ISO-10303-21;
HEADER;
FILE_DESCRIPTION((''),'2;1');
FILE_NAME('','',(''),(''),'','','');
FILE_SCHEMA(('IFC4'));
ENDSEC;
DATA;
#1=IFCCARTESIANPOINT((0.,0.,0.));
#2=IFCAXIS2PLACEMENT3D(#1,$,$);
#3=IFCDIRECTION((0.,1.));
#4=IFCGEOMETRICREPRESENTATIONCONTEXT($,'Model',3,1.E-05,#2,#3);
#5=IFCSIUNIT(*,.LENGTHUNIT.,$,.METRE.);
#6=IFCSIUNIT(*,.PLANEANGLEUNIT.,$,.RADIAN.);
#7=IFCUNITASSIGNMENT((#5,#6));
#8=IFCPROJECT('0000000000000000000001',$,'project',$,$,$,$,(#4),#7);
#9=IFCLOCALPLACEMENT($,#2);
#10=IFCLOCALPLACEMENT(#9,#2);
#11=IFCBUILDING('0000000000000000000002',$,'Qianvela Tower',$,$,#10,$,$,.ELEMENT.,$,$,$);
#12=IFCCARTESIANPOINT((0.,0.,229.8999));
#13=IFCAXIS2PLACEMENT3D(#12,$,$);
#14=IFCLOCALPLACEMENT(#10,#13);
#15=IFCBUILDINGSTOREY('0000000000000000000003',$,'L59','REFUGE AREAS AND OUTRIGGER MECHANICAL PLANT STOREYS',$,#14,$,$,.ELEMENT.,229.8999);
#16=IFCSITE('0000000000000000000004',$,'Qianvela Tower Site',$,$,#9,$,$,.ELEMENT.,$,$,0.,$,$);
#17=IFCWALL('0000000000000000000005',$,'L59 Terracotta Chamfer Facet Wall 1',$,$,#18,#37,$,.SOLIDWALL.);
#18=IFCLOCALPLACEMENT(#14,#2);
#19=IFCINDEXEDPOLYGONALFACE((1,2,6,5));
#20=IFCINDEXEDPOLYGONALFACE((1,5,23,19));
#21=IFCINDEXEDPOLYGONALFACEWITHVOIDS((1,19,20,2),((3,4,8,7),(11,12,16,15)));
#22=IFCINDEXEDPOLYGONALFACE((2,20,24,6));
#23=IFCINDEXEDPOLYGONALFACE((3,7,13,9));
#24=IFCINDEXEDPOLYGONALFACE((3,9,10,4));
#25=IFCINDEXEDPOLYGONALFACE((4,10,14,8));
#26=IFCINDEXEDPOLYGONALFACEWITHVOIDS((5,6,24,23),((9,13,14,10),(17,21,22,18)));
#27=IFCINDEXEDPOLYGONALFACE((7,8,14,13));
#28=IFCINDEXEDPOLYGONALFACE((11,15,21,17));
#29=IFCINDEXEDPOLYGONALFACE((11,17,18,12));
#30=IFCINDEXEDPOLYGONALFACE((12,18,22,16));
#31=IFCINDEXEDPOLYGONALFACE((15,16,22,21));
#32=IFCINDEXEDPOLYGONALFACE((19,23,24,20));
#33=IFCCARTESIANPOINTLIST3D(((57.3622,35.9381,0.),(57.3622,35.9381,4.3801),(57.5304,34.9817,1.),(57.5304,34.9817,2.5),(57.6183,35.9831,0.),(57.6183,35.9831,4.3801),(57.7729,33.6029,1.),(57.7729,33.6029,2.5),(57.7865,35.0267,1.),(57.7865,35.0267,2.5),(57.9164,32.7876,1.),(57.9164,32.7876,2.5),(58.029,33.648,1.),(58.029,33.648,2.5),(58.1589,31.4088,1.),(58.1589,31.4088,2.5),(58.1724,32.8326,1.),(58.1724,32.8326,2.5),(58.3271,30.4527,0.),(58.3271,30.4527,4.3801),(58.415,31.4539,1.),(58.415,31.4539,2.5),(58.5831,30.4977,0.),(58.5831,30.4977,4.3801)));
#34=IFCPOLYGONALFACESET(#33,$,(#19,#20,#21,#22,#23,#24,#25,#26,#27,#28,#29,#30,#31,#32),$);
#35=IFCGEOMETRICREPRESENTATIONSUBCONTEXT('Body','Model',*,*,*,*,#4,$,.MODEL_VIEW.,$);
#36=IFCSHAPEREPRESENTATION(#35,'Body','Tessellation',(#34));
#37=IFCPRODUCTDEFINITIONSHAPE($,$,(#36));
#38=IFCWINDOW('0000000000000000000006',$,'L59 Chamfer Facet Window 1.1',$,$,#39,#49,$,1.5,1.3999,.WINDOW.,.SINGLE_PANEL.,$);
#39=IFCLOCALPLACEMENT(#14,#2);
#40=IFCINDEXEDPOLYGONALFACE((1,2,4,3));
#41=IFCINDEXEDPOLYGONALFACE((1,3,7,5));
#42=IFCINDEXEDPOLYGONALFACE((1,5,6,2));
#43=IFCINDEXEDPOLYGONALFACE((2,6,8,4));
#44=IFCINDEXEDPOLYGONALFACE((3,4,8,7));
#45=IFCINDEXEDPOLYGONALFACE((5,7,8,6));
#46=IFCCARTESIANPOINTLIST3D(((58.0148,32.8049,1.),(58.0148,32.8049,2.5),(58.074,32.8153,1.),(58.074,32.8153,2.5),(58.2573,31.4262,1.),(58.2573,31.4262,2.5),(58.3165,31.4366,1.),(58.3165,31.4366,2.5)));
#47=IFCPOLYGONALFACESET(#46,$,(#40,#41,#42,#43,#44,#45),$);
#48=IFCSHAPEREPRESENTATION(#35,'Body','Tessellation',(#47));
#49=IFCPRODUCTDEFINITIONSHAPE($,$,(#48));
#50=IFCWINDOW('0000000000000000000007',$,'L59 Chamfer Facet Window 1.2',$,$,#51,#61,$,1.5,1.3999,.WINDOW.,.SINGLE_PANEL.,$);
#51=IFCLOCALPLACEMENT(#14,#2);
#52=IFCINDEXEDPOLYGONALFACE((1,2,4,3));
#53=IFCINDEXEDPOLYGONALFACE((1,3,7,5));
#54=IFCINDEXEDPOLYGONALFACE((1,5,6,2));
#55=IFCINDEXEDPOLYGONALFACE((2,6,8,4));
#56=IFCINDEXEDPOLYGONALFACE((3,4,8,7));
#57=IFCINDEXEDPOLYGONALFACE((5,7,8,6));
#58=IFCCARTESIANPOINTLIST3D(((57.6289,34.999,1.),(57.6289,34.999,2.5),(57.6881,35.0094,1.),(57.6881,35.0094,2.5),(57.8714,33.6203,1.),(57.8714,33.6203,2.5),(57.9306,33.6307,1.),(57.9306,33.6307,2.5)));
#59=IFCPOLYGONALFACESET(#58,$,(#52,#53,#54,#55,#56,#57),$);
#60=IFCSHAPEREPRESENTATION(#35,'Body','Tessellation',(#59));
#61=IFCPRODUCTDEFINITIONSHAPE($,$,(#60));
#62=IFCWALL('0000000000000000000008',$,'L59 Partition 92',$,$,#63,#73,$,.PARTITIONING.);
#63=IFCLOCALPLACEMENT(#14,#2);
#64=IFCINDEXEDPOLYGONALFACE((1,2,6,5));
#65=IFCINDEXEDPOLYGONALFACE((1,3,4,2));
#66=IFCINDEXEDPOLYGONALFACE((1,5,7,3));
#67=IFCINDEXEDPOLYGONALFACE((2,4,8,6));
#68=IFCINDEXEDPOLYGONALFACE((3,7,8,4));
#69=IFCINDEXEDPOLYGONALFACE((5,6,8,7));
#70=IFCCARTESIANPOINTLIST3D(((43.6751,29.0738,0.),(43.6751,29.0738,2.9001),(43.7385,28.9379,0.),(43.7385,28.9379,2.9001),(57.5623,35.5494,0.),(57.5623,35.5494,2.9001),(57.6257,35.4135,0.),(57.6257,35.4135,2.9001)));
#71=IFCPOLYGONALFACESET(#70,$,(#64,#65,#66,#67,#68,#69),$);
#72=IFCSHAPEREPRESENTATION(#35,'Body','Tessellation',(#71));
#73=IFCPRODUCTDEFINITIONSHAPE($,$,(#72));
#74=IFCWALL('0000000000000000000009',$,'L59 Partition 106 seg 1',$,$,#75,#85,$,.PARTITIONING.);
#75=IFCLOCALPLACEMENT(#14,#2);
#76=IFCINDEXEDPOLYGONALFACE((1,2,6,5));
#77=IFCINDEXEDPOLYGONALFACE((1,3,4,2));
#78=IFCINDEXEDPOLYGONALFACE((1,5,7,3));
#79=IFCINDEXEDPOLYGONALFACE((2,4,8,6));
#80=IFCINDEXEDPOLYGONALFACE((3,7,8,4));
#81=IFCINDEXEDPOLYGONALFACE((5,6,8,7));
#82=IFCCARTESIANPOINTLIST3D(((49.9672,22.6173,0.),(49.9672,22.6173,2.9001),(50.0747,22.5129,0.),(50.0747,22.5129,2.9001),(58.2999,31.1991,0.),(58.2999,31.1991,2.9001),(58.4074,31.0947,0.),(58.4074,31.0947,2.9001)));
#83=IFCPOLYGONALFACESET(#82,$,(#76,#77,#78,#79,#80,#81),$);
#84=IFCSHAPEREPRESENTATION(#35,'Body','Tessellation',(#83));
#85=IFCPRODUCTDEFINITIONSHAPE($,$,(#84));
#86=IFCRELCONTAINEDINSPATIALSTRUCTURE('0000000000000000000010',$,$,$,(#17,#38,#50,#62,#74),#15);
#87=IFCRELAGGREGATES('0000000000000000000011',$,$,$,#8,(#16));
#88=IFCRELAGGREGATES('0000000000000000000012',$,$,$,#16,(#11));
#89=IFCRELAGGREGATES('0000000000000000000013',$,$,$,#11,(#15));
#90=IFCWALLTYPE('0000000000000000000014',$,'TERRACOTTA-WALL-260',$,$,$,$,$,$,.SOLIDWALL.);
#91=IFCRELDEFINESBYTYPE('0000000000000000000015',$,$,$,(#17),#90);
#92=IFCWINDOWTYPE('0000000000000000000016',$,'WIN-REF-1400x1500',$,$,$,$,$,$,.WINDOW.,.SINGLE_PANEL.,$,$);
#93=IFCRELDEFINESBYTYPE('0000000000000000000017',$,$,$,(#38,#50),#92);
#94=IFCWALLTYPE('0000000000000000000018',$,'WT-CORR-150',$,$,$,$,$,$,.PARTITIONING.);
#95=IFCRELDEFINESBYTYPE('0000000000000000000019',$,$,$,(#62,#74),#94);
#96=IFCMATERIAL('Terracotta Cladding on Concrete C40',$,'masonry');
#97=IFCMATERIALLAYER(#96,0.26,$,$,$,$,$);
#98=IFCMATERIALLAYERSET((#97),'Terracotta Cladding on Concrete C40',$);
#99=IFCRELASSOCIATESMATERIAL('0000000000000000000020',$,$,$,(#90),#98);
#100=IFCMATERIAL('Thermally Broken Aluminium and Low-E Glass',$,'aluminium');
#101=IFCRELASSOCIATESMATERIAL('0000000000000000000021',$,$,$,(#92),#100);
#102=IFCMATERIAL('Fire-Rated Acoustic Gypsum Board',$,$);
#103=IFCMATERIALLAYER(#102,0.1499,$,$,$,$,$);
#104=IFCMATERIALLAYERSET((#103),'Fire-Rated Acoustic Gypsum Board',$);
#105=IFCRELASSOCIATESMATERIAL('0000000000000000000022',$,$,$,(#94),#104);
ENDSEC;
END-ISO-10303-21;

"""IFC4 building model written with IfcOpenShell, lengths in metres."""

from ifc_helpers import new_model, si_unit, direction, frame, frame_2d, origin, place, context, subcontext, project, spatial, rectangle, extrude, material, layer, layer_set, type_object, element, fill, save


model = new_model("IFC4")

# Units and contexts
model_context = context("Model", 3, precision=1e-05, world=origin(), true_north=direction((0.0, 1.0)))
body_context = subcontext(model_context, "Body", "Model", "MODEL_VIEW")
ifc_project = project(units=[si_unit("LENGTHUNIT", "METRE"), si_unit("PLANEANGLEUNIT", "RADIAN")], contexts=[model_context])

# Site, building, storey
site_placement = place(None, origin())
site = spatial("IfcSite", under=ifc_project, at=site_placement, Name="Qianvela Tower Site", CompositionType="ELEMENT", RefElevation=0.0)
building_placement = place(site_placement, origin())
building = spatial("IfcBuilding", under=site, at=building_placement, Name="Qianvela Tower", CompositionType="ELEMENT")
storey_placement = place(building_placement, frame((0.0, 0.0, 229.8999)))
storey = spatial("IfcBuildingStorey", under=building, at=storey_placement, Name="L59", Description="REFUGE AREAS AND OUTRIGGER MECHANICAL PLANT STOREYS", CompositionType="ELEMENT", Elevation=229.8999)

# Wall, openings, windows
ifc_material_1 = material(Name="Terracotta Cladding on Concrete C40", Category="masonry")
ifc_layer_1 = layer(ifc_material_1, 0.26)
ifc_layer_set_1 = layer_set([ifc_layer_1], Name="Terracotta Cladding on Concrete C40")
wall_type_1 = type_object("IfcWallType", Name="TERRACOTTA-WALL-260", PredefinedType="SOLIDWALL", material=ifc_layer_set_1)
wall_1_placement = place(storey_placement, frame((58.4551, 30.4753, 0.0), z_axis=(0.0, 0.0, 1.0), x_axis=(-0.173235, 0.98488, 0.0)))
wall_1 = element("IfcWall", 1, at=wall_1_placement, inside=storey, type_object=wall_type_1, Name="L59 Terracotta Chamfer Facet Wall 1", PredefinedType="SOLIDWALL", context=body_context, shape_type="SweptSolid", body=[
    extrude(rectangle(XDim=5.5696, YDim=0.26, at=frame_2d((2.7847, 0.0))), origin(), (0.0, 0.0, 1.0), 4.3801),
])
opening_1_placement = place(wall_1_placement, frame((0.9707, 0.0, 1.0)))
opening_1 = element("IfcOpeningElement", 2, at=opening_1_placement, cuts=wall_1, PredefinedType="OPENING", context=body_context, shape_type="SweptSolid", body=[
    extrude(rectangle(XDim=1.3999, YDim=1.5, at=frame_2d((0.7, 0.75))), frame((0.0, 0.1399, 0.0), z_axis=(0.0, -1.0, 0.0), x_axis=(1.0, 0.0, 0.0)), (0.0, 0.0, 1.0), 0.28),
])
opening_2_placement = place(wall_1_placement, frame((3.1985, 0.0, 1.0)))
opening_2 = element("IfcOpeningElement", 3, at=opening_2_placement, cuts=wall_1, PredefinedType="OPENING", context=body_context, shape_type="SweptSolid", body=[
    extrude(rectangle(XDim=1.3999, YDim=1.5, at=frame_2d((0.7, 0.75))), frame((0.0, 0.1399, 0.0), z_axis=(0.0, -1.0, 0.0), x_axis=(1.0, 0.0, 0.0)), (0.0, 0.0, 1.0), 0.28),
])
ifc_material_2 = material(Name="Thermally Broken Aluminium and Low-E Glass", Category="aluminium")
window_type = type_object("IfcWindowType", Name="WIN-REF-1400x1500", PartitioningType="SINGLE_PANEL", PredefinedType="WINDOW", material=ifc_material_2)
window_1_placement = place(opening_1_placement, origin())
window_1 = element("IfcWindow", 4, at=window_1_placement, inside=storey, type_object=window_type, Name="L59 Chamfer Facet Window 1.1", OverallHeight=1.5, OverallWidth=1.3999, PartitioningType="SINGLE_PANEL", PredefinedType="WINDOW", context=body_context, shape_type="SweptSolid", body=[
    extrude(rectangle(XDim=1.3999, YDim=1.5, at=frame_2d((0.7, 0.75))), frame((0.0, 0.03, 0.0), z_axis=(0.0, -1.0, 0.0), x_axis=(1.0, 0.0, 0.0)), (0.0, 0.0, 1.0), 0.0601),
])
fill(opening_1, window_1)
window_2_placement = place(opening_2_placement, origin())
window_2 = element("IfcWindow", 5, at=window_2_placement, inside=storey, type_object=window_type, Name="L59 Chamfer Facet Window 1.2", OverallHeight=1.5, OverallWidth=1.3999, PartitioningType="SINGLE_PANEL", PredefinedType="WINDOW", context=body_context, shape_type="SweptSolid", body=[
    extrude(rectangle(XDim=1.3999, YDim=1.5, at=frame_2d((0.7, 0.75))), frame((0.0, 0.03, 0.0), z_axis=(0.0, -1.0, 0.0), x_axis=(1.0, 0.0, 0.0)), (0.0, 0.0, 1.0), 0.0601),
])
fill(opening_2, window_2)

# Walls
ifc_material_3 = material(Name="Fire-Rated Acoustic Gypsum Board")
ifc_layer_2 = layer(ifc_material_3, 0.1499)
ifc_layer_set_2 = layer_set([ifc_layer_2], Name="Fire-Rated Acoustic Gypsum Board")
wall_type_2 = type_object("IfcWallType", Name="WT-CORR-150", PredefinedType="PARTITIONING", material=ifc_layer_set_2)
wall_2_placement = place(storey_placement, frame((57.594, 35.4814, 0.0), z_axis=(0.0, 0.0, 1.0), x_axis=(-0.906311, -0.422612, 0.0)))
element("IfcWall", 6, at=wall_2_placement, inside=storey, type_object=wall_type_2, Name="L59 Partition 92", PredefinedType="PARTITIONING", context=body_context, shape_type="SweptSolid", body=[
    extrude(rectangle(XDim=15.3228, YDim=0.1499, at=frame_2d((7.6614, 0.0))), origin(), (0.0, 0.0, 1.0), 2.9001),
])
wall_3_placement = place(storey_placement, frame((58.3538, 31.147, 0.0), z_axis=(0.0, 0.0, 1.0), x_axis=(-0.696621, -0.717439, 0.0)))
element("IfcWall", 7, at=wall_3_placement, inside=storey, type_object=wall_type_2, Name="L59 Partition 106 seg 1", PredefinedType="PARTITIONING", context=body_context, shape_type="SweptSolid", body=[
    extrude(rectangle(XDim=11.9617, YDim=0.1499, at=frame_2d((5.981, 0.0))), origin(), (0.0, 0.0, 1.0), 2.9001),
])

save(model, "model.ifc")
